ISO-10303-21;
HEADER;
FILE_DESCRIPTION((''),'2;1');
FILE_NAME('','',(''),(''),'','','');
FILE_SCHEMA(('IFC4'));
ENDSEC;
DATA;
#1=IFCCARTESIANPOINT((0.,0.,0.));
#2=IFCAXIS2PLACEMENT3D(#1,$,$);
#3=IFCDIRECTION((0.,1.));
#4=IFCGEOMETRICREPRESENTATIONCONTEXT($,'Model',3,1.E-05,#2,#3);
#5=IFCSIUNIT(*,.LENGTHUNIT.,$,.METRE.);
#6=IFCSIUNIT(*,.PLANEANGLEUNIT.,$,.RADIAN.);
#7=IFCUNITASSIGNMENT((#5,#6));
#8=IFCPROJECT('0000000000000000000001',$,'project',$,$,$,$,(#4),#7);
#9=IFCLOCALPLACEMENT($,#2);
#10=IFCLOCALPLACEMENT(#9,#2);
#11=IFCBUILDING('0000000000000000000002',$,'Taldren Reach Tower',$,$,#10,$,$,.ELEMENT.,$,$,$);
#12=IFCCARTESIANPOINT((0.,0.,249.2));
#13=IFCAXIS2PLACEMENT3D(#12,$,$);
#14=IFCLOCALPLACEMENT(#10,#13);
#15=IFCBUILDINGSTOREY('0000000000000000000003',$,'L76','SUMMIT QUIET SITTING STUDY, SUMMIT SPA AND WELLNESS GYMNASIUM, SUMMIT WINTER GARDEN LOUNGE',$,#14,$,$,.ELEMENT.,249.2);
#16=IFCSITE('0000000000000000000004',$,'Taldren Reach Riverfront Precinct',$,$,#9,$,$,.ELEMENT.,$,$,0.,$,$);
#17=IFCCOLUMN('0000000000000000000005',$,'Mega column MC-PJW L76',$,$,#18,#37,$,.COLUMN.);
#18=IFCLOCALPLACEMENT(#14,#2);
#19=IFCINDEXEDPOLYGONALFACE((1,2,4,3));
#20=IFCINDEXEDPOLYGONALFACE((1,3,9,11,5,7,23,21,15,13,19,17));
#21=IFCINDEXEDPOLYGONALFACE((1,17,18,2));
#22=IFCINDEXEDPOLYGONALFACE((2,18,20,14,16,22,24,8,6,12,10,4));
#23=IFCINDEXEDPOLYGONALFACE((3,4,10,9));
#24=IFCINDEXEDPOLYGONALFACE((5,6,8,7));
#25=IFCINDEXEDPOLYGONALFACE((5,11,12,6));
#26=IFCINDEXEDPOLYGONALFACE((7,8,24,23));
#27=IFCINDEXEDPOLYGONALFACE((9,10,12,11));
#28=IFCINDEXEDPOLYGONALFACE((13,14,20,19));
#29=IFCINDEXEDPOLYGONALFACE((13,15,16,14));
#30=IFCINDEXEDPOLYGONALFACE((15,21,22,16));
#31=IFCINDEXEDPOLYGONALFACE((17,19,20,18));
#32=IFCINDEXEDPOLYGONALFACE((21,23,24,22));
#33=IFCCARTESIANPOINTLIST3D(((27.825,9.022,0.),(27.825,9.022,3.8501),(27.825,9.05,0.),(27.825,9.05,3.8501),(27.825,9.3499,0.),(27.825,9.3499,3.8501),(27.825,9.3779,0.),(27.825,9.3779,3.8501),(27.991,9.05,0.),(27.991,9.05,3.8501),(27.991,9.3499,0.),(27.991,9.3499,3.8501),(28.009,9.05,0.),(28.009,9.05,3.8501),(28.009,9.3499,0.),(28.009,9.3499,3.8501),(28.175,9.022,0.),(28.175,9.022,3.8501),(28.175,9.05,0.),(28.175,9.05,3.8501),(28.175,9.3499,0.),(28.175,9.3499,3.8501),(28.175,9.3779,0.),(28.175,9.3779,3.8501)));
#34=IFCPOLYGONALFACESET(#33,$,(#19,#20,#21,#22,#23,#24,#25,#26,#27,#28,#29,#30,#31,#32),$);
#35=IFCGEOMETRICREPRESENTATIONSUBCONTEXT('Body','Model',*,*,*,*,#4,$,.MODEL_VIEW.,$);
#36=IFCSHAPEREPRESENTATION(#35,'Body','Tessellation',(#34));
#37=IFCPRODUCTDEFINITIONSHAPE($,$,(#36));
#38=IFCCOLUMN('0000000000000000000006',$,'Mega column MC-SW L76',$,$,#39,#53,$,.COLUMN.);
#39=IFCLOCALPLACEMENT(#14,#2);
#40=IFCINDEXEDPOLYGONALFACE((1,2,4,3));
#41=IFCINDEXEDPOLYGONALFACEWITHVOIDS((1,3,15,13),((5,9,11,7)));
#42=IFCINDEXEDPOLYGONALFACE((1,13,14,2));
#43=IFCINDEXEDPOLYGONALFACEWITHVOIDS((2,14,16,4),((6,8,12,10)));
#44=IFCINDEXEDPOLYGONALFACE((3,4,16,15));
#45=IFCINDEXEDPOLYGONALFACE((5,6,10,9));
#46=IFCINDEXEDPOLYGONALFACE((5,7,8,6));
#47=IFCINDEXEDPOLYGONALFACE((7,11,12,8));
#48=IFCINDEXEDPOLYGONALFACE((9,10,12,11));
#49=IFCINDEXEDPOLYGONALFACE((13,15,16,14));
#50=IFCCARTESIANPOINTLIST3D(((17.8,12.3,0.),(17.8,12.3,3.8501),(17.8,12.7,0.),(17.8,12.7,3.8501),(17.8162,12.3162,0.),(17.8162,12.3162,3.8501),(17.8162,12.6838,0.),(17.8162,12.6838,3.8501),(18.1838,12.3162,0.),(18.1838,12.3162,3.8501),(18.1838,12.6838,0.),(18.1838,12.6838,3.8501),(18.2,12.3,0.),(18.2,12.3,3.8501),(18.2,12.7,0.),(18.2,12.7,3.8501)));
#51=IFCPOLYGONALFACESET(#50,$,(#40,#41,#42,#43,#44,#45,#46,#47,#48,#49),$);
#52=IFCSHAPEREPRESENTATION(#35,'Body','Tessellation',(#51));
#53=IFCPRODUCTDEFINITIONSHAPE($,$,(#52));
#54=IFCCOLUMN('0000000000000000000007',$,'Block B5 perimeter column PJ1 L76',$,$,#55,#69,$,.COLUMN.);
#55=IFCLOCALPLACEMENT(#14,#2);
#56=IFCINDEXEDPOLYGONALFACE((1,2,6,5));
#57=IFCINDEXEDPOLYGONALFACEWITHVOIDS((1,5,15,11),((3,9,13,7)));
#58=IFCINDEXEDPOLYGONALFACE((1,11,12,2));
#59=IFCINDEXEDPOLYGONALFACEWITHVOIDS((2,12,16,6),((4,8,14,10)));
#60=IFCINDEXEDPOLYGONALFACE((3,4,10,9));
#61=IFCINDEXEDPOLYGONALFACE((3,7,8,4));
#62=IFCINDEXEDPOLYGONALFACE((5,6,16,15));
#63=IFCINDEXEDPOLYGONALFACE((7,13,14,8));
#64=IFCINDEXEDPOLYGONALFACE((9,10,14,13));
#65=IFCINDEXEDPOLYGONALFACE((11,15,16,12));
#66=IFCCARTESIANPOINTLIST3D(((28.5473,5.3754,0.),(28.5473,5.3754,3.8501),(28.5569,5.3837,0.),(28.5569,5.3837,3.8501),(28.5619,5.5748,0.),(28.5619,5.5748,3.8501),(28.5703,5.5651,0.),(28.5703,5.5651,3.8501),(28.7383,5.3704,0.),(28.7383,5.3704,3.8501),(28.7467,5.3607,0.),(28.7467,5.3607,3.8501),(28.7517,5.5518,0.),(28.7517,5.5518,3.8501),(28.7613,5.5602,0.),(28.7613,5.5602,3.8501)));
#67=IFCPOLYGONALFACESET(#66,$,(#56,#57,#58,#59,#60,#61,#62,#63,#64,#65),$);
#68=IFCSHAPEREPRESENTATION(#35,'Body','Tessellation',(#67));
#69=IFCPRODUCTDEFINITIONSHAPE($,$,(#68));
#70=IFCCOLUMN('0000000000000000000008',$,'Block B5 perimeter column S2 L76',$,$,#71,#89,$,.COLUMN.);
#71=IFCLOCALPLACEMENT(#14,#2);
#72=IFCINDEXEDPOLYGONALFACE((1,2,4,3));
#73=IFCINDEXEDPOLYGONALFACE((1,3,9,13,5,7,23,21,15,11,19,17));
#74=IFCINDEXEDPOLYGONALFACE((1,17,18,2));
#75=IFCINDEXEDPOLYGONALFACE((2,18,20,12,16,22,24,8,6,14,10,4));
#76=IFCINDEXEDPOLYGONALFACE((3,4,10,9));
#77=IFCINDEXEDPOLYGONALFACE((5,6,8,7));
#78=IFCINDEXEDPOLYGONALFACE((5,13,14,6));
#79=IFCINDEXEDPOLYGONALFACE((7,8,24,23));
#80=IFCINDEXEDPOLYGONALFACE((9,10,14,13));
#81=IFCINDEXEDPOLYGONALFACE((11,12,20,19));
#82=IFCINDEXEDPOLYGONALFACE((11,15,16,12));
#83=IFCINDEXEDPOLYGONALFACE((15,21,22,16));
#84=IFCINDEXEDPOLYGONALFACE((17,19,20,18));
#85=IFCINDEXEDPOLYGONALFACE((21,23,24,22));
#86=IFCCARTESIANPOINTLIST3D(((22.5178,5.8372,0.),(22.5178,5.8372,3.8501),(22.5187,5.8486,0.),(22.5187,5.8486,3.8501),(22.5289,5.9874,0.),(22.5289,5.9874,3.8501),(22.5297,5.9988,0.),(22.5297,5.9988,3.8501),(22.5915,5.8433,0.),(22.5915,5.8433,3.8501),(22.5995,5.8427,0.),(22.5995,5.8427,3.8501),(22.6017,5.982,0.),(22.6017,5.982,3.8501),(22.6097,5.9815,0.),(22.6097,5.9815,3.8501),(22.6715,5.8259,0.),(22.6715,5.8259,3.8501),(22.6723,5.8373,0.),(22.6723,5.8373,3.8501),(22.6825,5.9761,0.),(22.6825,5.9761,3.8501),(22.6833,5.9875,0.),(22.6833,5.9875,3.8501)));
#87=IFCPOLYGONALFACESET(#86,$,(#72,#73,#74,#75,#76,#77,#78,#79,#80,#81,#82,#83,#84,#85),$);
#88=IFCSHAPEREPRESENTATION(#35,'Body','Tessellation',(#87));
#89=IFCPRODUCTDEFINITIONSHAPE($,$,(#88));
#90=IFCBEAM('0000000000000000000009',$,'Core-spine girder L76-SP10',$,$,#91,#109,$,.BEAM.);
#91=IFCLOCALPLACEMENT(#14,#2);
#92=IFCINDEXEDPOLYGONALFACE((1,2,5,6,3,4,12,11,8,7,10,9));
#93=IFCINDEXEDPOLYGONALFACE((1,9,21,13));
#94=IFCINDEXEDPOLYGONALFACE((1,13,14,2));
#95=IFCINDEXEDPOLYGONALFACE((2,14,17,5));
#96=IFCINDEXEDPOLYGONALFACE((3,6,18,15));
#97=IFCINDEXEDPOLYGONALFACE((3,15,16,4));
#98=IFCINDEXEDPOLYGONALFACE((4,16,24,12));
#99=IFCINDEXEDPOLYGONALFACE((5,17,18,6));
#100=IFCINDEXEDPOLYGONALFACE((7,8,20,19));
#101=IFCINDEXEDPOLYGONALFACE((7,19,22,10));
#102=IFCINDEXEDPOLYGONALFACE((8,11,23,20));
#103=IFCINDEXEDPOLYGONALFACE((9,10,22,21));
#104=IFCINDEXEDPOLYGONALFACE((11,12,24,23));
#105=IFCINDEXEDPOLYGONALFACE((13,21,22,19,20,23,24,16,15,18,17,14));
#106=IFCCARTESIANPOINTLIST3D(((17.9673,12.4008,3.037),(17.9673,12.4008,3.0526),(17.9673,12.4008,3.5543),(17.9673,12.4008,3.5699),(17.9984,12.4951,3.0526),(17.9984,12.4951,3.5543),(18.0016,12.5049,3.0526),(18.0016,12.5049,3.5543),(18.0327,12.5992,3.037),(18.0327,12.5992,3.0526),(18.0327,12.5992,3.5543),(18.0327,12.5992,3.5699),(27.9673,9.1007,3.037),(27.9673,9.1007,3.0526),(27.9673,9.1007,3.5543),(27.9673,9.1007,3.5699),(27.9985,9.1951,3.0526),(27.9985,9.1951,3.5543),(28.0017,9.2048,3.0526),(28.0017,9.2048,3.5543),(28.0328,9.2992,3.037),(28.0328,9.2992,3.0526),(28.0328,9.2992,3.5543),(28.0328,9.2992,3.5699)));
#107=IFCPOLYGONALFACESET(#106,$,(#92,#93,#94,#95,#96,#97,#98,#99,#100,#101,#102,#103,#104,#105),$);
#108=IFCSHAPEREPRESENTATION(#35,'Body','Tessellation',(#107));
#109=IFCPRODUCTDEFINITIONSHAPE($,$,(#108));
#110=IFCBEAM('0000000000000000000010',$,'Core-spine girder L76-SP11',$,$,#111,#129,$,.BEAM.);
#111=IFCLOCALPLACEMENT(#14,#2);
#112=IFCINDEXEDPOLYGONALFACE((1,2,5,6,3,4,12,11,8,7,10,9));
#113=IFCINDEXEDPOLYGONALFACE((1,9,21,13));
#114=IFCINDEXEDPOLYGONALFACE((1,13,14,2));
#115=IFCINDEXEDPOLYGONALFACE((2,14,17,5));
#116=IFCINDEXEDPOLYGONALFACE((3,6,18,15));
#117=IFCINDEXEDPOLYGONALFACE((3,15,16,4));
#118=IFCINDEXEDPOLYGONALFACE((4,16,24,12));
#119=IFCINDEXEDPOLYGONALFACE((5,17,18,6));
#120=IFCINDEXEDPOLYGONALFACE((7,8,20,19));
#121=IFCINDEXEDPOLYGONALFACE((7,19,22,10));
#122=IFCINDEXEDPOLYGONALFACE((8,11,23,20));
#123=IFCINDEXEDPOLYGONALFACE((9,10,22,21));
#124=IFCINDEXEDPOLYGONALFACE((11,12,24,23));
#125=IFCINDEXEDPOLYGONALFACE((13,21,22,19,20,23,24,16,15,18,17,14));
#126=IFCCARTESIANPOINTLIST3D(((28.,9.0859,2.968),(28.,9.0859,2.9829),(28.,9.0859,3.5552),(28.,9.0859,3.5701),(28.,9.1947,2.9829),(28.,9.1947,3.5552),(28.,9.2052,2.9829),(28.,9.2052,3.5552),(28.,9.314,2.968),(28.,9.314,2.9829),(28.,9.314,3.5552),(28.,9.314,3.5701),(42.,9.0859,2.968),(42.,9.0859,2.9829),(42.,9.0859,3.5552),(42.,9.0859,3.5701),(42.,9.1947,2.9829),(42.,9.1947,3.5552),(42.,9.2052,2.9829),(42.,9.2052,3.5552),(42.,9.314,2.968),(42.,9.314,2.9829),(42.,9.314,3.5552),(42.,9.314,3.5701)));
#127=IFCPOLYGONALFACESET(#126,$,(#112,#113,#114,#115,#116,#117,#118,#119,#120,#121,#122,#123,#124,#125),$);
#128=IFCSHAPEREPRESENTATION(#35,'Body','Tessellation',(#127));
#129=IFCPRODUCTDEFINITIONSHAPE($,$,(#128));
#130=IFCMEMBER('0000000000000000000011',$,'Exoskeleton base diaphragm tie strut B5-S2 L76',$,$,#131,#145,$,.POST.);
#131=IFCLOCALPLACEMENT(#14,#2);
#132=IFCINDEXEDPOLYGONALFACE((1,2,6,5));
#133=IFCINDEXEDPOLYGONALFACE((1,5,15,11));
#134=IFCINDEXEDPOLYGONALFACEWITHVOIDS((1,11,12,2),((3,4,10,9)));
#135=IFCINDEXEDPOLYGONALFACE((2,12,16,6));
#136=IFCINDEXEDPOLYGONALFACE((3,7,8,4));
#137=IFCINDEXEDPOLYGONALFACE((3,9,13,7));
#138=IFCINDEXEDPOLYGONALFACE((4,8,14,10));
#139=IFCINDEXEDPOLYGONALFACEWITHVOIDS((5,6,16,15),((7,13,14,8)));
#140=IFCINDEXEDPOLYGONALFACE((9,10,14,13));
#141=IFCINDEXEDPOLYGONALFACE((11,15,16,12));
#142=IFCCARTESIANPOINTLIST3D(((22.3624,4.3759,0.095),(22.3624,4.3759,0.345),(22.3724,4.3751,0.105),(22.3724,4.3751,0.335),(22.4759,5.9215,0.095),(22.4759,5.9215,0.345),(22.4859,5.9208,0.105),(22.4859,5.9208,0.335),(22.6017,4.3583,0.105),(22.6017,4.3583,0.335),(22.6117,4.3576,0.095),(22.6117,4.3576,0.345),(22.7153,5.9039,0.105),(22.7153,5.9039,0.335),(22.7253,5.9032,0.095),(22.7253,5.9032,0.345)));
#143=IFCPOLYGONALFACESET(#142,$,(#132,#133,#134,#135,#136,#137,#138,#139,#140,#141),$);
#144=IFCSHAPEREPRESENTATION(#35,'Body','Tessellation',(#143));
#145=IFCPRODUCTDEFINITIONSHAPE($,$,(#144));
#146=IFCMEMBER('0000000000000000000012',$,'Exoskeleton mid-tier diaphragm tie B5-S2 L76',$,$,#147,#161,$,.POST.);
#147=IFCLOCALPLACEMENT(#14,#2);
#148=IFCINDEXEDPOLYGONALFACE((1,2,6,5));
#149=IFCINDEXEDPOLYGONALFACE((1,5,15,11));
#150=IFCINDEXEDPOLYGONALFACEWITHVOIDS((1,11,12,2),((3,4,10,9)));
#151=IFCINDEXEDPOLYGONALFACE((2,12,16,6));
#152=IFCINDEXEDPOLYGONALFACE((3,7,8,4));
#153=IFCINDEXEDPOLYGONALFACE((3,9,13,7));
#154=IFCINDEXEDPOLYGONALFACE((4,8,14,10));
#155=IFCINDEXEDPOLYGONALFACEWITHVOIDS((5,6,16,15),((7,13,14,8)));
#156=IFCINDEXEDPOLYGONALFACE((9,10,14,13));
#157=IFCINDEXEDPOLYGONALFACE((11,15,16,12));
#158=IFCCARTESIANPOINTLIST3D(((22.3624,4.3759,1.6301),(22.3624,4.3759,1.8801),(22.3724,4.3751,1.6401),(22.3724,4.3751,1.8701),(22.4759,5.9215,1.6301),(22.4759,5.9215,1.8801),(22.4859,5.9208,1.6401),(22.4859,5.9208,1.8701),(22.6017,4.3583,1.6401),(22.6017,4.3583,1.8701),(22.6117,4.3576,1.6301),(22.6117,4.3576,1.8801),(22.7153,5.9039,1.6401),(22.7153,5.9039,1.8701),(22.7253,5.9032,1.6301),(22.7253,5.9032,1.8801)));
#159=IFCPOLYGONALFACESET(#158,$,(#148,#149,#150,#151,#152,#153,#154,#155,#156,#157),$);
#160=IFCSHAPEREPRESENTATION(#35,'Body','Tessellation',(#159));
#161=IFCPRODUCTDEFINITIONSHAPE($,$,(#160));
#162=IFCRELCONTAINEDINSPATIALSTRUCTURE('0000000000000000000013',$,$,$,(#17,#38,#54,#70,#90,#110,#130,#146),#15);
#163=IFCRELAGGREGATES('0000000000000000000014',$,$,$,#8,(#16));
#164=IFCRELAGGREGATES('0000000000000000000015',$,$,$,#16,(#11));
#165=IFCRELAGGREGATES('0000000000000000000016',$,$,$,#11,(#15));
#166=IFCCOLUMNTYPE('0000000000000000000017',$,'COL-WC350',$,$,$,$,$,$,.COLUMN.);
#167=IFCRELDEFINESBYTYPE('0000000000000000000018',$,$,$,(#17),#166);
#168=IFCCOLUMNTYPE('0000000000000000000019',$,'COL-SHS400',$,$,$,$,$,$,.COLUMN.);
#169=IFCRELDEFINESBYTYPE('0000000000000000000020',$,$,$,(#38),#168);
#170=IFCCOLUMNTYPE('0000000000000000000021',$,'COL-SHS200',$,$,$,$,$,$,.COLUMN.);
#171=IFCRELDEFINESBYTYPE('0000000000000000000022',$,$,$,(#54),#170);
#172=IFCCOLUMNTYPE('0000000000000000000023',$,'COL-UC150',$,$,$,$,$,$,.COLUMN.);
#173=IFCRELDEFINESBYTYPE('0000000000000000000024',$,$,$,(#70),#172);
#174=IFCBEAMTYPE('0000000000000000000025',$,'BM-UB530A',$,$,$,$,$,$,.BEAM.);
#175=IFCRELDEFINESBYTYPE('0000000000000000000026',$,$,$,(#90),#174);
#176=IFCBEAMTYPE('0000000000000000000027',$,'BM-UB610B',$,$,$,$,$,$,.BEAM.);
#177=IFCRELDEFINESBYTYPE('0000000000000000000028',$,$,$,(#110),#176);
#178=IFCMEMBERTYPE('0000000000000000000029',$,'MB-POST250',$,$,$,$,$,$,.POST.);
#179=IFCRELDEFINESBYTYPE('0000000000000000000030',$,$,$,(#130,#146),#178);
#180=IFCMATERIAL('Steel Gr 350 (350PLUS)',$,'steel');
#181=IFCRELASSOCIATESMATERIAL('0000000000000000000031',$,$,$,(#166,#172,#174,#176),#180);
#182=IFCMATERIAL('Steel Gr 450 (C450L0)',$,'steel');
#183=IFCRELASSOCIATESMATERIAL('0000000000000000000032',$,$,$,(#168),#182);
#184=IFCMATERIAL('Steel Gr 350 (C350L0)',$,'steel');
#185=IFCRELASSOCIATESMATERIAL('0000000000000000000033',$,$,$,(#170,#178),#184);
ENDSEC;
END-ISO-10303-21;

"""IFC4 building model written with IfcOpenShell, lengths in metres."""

from ifc_helpers import new_model, si_unit, direction, frame, origin, origin_2d, place, context, subcontext, project, spatial, hollow_rectangle, i_section, extrude, source, transform, mapped, material, material_profile, profile_set, type_object, element, save


model = new_model("IFC4")

# Units and contexts
model_context = context("Model", 3, precision=1e-05, world=origin(), true_north=direction((0.0, 1.0)))
body_context = subcontext(model_context, "Body", "Model", "MODEL_VIEW")
ifc_project = project(units=[si_unit("LENGTHUNIT", "METRE"), si_unit("PLANEANGLEUNIT", "RADIAN")], contexts=[model_context])

# Site, building, storey
site_placement = place(None, origin())
site = spatial("IfcSite", under=ifc_project, at=site_placement, Name="Taldren Reach Riverfront Precinct", CompositionType="ELEMENT", RefElevation=0.0)
building_placement = place(site_placement, origin())
building = spatial("IfcBuilding", under=site, at=building_placement, Name="Taldren Reach Tower", CompositionType="ELEMENT")
storey_placement = place(building_placement, frame((0.0, 0.0, 249.2)))
storey = spatial("IfcBuildingStorey", under=building, at=storey_placement, Name="L76", Description="SUMMIT QUIET SITTING STUDY, SUMMIT SPA AND WELLNESS GYMNASIUM, SUMMIT WINTER GARDEN LOUNGE", CompositionType="ELEMENT", Elevation=249.2)

# Columns
ifc_material_1 = material(Name="Steel Gr 350 (350PLUS)", Category="steel")
ifc_material_profile_1 = material_profile(ifc_material_1, i_section(OverallWidth=0.3501, OverallDepth=0.356, WebThickness=0.0181, FlangeThickness=0.0281, at=origin_2d()), Name="350WC197")
ifc_profile_set_1 = profile_set([ifc_material_profile_1], Name="Steel Gr 350 (350PLUS)")
column_type_1 = type_object("IfcColumnType", Name="COL-WC350", PredefinedType="COLUMN", material=ifc_profile_set_1)
shared_shape_1 = source(origin(), body_context, "Body", "SweptSolid", [
    extrude(i_section(OverallWidth=0.3501, OverallDepth=0.356, WebThickness=0.0181, FlangeThickness=0.0281, at=origin_2d()), origin(), (0.0, 0.0, 1.0), 3.8501),
])
column_1_placement = place(storey_placement, frame((28.0, 9.2, 0.0), z_axis=(0.0, 0.0, 1.0), x_axis=(1.0, 0.0, 0.0)))
element("IfcColumn", 1, at=column_1_placement, inside=storey, type_object=column_type_1, Name="Mega column MC-PJW L76", PredefinedType="COLUMN", context=body_context, shape_type="MappedRepresentation", body=[
    mapped(shared_shape_1, transform((0.0, 0.0, 0.0), scale=1.0)),
])
ifc_material_2 = material(Name="Steel Gr 450 (C450L0)", Category="steel")
ifc_material_profile_2 = material_profile(ifc_material_2, hollow_rectangle(XDim=0.3999, YDim=0.3999, WallThickness=0.0161, at=origin_2d()), Name="400x400x16.0SHS")
ifc_profile_set_2 = profile_set([ifc_material_profile_2], Name="Steel Gr 450 (C450L0)")
column_type_2 = type_object("IfcColumnType", Name="COL-SHS400", PredefinedType="COLUMN", material=ifc_profile_set_2)
shared_shape_2 = source(origin(), body_context, "Body", "SweptSolid", [
    extrude(hollow_rectangle(XDim=0.3999, YDim=0.3999, WallThickness=0.0161, at=origin_2d()), origin(), (0.0, 0.0, 1.0), 3.8501),
])
column_2_placement = place(storey_placement, frame((18.0, 12.5, 0.0), z_axis=(0.0, 0.0, 1.0), x_axis=(1.0, 0.0, 0.0)))
element("IfcColumn", 2, at=column_2_placement, inside=storey, type_object=column_type_2, Name="Mega column MC-SW L76", PredefinedType="COLUMN", context=body_context, shape_type="MappedRepresentation", body=[
    mapped(shared_shape_2, transform((0.0, 0.0, 0.0), scale=1.0)),
])
ifc_material_3 = material(Name="Steel Gr 350 (C350L0)", Category="steel")
ifc_material_profile_3 = material_profile(ifc_material_3, hollow_rectangle(XDim=0.2, YDim=0.2, WallThickness=0.009, at=origin_2d()), Name="200x200x9.0SHS")
ifc_profile_set_3 = profile_set([ifc_material_profile_3], Name="Steel Gr 350 (C350L0)")
column_type_3 = type_object("IfcColumnType", Name="COL-SHS200", PredefinedType="COLUMN", material=ifc_profile_set_3)
shared_shape_3 = source(origin(), body_context, "Body", "SweptSolid", [
    extrude(hollow_rectangle(XDim=0.2, YDim=0.2, WallThickness=0.009, at=origin_2d()), origin(), (0.0, 0.0, 1.0), 3.8501),
])
column_3_placement = place(storey_placement, frame((28.6543, 5.4678, 0.0), z_axis=(0.0, 0.0, 1.0), x_axis=(0.997314, -0.073238, 0.0)))
element("IfcColumn", 3, at=column_3_placement, inside=storey, type_object=column_type_3, Name="Block B5 perimeter column PJ1 L76", PredefinedType="COLUMN", context=body_context, shape_type="MappedRepresentation", body=[
    mapped(shared_shape_3, transform((0.0, 0.0, 0.0), scale=1.0)),
])
ifc_material_profile_4 = material_profile(ifc_material_1, i_section(OverallWidth=0.1541, OverallDepth=0.1621, WebThickness=0.0081, FlangeThickness=0.0115, at=origin_2d()), Name="150UC37.2")
ifc_profile_set_4 = profile_set([ifc_material_profile_4], Name="Steel Gr 350 (350PLUS)")
column_type_4 = type_object("IfcColumnType", Name="COL-UC150", PredefinedType="COLUMN", material=ifc_profile_set_4)
shared_shape_4 = source(origin(), body_context, "Body", "SweptSolid", [
    extrude(i_section(OverallWidth=0.1541, OverallDepth=0.1621, WebThickness=0.0081, FlangeThickness=0.0115, at=origin_2d()), origin(), (0.0, 0.0, 1.0), 3.8501),
])
column_4_placement = place(storey_placement, frame((22.6006, 5.9124, 0.0), z_axis=(0.0, 0.0, 1.0), x_axis=(0.997314, -0.073238, 0.0)))
element("IfcColumn", 4, at=column_4_placement, inside=storey, type_object=column_type_4, Name="Block B5 perimeter column S2 L76", PredefinedType="COLUMN", context=body_context, shape_type="MappedRepresentation", body=[
    mapped(shared_shape_4, transform((0.0, 0.0, 0.0), scale=1.0)),
])

# Beams
ifc_material_profile_5 = material_profile(ifc_material_1, i_section(OverallWidth=0.209, OverallDepth=0.533, WebThickness=0.0103, FlangeThickness=0.0156, at=origin_2d()), Name="530UB92.4")
ifc_profile_set_5 = profile_set([ifc_material_profile_5], Name="Steel Gr 350 (350PLUS)")
beam_type_1 = type_object("IfcBeamType", Name="BM-UB530A", PredefinedType="BEAM", material=ifc_profile_set_5)
shared_shape_5 = source(origin(), body_context, "Body", "SweptSolid", [
    extrude(i_section(OverallWidth=0.209, OverallDepth=0.533, WebThickness=0.0103, FlangeThickness=0.0156, at=origin_2d()), origin(), (0.0, 0.0, 1.0), 10.5305),
])
beam_1_placement = place(storey_placement, frame((18.0, 12.5, 3.3035), z_axis=(0.949627, -0.313382, 0.0), x_axis=(0.313382, 0.949627, 0.0)))
element("IfcBeam", 5, at=beam_1_placement, inside=storey, type_object=beam_type_1, Name="Core-spine girder L76-SP10", PredefinedType="BEAM", context=body_context, shape_type="MappedRepresentation", body=[
    mapped(shared_shape_5, transform((0.0, 0.0, 0.0), scale=1.0)),
])
ifc_material_profile_6 = material_profile(ifc_material_1, i_section(OverallWidth=0.228, OverallDepth=0.6021, WebThickness=0.0105, FlangeThickness=0.0149, at=origin_2d()), Name="610UB101")
ifc_profile_set_6 = profile_set([ifc_material_profile_6], Name="Steel Gr 350 (350PLUS)")
beam_type_2 = type_object("IfcBeamType", Name="BM-UB610B", PredefinedType="BEAM", material=ifc_profile_set_6)
shared_shape_6 = source(origin(), body_context, "Body", "SweptSolid", [
    extrude(i_section(OverallWidth=0.228, OverallDepth=0.6021, WebThickness=0.0105, FlangeThickness=0.0149, at=origin_2d()), origin(), (0.0, 0.0, 1.0), 14.0),
])
beam_2_placement = place(storey_placement, frame((28.0, 9.2, 3.269), z_axis=(1.0, 0.0, 0.0), x_axis=(0.0, 1.0, 0.0)))
element("IfcBeam", 6, at=beam_2_placement, inside=storey, type_object=beam_type_2, Name="Core-spine girder L76-SP11", PredefinedType="BEAM", context=body_context, shape_type="MappedRepresentation", body=[
    mapped(shared_shape_6, transform((0.0, 0.0, 0.0), scale=1.0)),
])

# Members
ifc_material_profile_7 = material_profile(ifc_material_3, hollow_rectangle(XDim=0.25, YDim=0.25, WallThickness=0.01, at=origin_2d()), Name="250x250x10.0SHS")
ifc_profile_set_7 = profile_set([ifc_material_profile_7], Name="Steel Gr 350 (C350L0)")
member_type_1 = type_object("IfcMemberType", Name="MB-POST250", PredefinedType="POST", material=ifc_profile_set_7)
shared_shape_7 = source(origin(), body_context, "Body", "SweptSolid", [
    extrude(hollow_rectangle(XDim=0.25, YDim=0.25, WallThickness=0.01, at=origin_2d()), origin(), (0.0, 0.0, 1.0), 1.5498),
])
for number, where, z_axis, x_axis, name in (
    (7, (22.6006, 5.9124, 0.22), (-0.073251, -0.997314, 0.0), (0.997314, -0.073251, 0.0), "Exoskeleton base diaphragm tie strut B5-S2 L76"),
    (8, (22.6006, 5.9124, 1.7551), (-0.073251, -0.997314, 0.0), (0.997314, -0.073251, 0.0), "Exoskeleton mid-tier diaphragm tie B5-S2 L76"),
):
    element("IfcMember", number, at=place(storey_placement, frame(where, z_axis=z_axis, x_axis=x_axis)), inside=storey, type_object=member_type_1, Name=name, PredefinedType="POST", context=body_context, shape_type="MappedRepresentation", body=[
        mapped(shared_shape_7, transform((0.0, 0.0, 0.0), scale=1.0)),
    ])

save(model, "model.ifc")
